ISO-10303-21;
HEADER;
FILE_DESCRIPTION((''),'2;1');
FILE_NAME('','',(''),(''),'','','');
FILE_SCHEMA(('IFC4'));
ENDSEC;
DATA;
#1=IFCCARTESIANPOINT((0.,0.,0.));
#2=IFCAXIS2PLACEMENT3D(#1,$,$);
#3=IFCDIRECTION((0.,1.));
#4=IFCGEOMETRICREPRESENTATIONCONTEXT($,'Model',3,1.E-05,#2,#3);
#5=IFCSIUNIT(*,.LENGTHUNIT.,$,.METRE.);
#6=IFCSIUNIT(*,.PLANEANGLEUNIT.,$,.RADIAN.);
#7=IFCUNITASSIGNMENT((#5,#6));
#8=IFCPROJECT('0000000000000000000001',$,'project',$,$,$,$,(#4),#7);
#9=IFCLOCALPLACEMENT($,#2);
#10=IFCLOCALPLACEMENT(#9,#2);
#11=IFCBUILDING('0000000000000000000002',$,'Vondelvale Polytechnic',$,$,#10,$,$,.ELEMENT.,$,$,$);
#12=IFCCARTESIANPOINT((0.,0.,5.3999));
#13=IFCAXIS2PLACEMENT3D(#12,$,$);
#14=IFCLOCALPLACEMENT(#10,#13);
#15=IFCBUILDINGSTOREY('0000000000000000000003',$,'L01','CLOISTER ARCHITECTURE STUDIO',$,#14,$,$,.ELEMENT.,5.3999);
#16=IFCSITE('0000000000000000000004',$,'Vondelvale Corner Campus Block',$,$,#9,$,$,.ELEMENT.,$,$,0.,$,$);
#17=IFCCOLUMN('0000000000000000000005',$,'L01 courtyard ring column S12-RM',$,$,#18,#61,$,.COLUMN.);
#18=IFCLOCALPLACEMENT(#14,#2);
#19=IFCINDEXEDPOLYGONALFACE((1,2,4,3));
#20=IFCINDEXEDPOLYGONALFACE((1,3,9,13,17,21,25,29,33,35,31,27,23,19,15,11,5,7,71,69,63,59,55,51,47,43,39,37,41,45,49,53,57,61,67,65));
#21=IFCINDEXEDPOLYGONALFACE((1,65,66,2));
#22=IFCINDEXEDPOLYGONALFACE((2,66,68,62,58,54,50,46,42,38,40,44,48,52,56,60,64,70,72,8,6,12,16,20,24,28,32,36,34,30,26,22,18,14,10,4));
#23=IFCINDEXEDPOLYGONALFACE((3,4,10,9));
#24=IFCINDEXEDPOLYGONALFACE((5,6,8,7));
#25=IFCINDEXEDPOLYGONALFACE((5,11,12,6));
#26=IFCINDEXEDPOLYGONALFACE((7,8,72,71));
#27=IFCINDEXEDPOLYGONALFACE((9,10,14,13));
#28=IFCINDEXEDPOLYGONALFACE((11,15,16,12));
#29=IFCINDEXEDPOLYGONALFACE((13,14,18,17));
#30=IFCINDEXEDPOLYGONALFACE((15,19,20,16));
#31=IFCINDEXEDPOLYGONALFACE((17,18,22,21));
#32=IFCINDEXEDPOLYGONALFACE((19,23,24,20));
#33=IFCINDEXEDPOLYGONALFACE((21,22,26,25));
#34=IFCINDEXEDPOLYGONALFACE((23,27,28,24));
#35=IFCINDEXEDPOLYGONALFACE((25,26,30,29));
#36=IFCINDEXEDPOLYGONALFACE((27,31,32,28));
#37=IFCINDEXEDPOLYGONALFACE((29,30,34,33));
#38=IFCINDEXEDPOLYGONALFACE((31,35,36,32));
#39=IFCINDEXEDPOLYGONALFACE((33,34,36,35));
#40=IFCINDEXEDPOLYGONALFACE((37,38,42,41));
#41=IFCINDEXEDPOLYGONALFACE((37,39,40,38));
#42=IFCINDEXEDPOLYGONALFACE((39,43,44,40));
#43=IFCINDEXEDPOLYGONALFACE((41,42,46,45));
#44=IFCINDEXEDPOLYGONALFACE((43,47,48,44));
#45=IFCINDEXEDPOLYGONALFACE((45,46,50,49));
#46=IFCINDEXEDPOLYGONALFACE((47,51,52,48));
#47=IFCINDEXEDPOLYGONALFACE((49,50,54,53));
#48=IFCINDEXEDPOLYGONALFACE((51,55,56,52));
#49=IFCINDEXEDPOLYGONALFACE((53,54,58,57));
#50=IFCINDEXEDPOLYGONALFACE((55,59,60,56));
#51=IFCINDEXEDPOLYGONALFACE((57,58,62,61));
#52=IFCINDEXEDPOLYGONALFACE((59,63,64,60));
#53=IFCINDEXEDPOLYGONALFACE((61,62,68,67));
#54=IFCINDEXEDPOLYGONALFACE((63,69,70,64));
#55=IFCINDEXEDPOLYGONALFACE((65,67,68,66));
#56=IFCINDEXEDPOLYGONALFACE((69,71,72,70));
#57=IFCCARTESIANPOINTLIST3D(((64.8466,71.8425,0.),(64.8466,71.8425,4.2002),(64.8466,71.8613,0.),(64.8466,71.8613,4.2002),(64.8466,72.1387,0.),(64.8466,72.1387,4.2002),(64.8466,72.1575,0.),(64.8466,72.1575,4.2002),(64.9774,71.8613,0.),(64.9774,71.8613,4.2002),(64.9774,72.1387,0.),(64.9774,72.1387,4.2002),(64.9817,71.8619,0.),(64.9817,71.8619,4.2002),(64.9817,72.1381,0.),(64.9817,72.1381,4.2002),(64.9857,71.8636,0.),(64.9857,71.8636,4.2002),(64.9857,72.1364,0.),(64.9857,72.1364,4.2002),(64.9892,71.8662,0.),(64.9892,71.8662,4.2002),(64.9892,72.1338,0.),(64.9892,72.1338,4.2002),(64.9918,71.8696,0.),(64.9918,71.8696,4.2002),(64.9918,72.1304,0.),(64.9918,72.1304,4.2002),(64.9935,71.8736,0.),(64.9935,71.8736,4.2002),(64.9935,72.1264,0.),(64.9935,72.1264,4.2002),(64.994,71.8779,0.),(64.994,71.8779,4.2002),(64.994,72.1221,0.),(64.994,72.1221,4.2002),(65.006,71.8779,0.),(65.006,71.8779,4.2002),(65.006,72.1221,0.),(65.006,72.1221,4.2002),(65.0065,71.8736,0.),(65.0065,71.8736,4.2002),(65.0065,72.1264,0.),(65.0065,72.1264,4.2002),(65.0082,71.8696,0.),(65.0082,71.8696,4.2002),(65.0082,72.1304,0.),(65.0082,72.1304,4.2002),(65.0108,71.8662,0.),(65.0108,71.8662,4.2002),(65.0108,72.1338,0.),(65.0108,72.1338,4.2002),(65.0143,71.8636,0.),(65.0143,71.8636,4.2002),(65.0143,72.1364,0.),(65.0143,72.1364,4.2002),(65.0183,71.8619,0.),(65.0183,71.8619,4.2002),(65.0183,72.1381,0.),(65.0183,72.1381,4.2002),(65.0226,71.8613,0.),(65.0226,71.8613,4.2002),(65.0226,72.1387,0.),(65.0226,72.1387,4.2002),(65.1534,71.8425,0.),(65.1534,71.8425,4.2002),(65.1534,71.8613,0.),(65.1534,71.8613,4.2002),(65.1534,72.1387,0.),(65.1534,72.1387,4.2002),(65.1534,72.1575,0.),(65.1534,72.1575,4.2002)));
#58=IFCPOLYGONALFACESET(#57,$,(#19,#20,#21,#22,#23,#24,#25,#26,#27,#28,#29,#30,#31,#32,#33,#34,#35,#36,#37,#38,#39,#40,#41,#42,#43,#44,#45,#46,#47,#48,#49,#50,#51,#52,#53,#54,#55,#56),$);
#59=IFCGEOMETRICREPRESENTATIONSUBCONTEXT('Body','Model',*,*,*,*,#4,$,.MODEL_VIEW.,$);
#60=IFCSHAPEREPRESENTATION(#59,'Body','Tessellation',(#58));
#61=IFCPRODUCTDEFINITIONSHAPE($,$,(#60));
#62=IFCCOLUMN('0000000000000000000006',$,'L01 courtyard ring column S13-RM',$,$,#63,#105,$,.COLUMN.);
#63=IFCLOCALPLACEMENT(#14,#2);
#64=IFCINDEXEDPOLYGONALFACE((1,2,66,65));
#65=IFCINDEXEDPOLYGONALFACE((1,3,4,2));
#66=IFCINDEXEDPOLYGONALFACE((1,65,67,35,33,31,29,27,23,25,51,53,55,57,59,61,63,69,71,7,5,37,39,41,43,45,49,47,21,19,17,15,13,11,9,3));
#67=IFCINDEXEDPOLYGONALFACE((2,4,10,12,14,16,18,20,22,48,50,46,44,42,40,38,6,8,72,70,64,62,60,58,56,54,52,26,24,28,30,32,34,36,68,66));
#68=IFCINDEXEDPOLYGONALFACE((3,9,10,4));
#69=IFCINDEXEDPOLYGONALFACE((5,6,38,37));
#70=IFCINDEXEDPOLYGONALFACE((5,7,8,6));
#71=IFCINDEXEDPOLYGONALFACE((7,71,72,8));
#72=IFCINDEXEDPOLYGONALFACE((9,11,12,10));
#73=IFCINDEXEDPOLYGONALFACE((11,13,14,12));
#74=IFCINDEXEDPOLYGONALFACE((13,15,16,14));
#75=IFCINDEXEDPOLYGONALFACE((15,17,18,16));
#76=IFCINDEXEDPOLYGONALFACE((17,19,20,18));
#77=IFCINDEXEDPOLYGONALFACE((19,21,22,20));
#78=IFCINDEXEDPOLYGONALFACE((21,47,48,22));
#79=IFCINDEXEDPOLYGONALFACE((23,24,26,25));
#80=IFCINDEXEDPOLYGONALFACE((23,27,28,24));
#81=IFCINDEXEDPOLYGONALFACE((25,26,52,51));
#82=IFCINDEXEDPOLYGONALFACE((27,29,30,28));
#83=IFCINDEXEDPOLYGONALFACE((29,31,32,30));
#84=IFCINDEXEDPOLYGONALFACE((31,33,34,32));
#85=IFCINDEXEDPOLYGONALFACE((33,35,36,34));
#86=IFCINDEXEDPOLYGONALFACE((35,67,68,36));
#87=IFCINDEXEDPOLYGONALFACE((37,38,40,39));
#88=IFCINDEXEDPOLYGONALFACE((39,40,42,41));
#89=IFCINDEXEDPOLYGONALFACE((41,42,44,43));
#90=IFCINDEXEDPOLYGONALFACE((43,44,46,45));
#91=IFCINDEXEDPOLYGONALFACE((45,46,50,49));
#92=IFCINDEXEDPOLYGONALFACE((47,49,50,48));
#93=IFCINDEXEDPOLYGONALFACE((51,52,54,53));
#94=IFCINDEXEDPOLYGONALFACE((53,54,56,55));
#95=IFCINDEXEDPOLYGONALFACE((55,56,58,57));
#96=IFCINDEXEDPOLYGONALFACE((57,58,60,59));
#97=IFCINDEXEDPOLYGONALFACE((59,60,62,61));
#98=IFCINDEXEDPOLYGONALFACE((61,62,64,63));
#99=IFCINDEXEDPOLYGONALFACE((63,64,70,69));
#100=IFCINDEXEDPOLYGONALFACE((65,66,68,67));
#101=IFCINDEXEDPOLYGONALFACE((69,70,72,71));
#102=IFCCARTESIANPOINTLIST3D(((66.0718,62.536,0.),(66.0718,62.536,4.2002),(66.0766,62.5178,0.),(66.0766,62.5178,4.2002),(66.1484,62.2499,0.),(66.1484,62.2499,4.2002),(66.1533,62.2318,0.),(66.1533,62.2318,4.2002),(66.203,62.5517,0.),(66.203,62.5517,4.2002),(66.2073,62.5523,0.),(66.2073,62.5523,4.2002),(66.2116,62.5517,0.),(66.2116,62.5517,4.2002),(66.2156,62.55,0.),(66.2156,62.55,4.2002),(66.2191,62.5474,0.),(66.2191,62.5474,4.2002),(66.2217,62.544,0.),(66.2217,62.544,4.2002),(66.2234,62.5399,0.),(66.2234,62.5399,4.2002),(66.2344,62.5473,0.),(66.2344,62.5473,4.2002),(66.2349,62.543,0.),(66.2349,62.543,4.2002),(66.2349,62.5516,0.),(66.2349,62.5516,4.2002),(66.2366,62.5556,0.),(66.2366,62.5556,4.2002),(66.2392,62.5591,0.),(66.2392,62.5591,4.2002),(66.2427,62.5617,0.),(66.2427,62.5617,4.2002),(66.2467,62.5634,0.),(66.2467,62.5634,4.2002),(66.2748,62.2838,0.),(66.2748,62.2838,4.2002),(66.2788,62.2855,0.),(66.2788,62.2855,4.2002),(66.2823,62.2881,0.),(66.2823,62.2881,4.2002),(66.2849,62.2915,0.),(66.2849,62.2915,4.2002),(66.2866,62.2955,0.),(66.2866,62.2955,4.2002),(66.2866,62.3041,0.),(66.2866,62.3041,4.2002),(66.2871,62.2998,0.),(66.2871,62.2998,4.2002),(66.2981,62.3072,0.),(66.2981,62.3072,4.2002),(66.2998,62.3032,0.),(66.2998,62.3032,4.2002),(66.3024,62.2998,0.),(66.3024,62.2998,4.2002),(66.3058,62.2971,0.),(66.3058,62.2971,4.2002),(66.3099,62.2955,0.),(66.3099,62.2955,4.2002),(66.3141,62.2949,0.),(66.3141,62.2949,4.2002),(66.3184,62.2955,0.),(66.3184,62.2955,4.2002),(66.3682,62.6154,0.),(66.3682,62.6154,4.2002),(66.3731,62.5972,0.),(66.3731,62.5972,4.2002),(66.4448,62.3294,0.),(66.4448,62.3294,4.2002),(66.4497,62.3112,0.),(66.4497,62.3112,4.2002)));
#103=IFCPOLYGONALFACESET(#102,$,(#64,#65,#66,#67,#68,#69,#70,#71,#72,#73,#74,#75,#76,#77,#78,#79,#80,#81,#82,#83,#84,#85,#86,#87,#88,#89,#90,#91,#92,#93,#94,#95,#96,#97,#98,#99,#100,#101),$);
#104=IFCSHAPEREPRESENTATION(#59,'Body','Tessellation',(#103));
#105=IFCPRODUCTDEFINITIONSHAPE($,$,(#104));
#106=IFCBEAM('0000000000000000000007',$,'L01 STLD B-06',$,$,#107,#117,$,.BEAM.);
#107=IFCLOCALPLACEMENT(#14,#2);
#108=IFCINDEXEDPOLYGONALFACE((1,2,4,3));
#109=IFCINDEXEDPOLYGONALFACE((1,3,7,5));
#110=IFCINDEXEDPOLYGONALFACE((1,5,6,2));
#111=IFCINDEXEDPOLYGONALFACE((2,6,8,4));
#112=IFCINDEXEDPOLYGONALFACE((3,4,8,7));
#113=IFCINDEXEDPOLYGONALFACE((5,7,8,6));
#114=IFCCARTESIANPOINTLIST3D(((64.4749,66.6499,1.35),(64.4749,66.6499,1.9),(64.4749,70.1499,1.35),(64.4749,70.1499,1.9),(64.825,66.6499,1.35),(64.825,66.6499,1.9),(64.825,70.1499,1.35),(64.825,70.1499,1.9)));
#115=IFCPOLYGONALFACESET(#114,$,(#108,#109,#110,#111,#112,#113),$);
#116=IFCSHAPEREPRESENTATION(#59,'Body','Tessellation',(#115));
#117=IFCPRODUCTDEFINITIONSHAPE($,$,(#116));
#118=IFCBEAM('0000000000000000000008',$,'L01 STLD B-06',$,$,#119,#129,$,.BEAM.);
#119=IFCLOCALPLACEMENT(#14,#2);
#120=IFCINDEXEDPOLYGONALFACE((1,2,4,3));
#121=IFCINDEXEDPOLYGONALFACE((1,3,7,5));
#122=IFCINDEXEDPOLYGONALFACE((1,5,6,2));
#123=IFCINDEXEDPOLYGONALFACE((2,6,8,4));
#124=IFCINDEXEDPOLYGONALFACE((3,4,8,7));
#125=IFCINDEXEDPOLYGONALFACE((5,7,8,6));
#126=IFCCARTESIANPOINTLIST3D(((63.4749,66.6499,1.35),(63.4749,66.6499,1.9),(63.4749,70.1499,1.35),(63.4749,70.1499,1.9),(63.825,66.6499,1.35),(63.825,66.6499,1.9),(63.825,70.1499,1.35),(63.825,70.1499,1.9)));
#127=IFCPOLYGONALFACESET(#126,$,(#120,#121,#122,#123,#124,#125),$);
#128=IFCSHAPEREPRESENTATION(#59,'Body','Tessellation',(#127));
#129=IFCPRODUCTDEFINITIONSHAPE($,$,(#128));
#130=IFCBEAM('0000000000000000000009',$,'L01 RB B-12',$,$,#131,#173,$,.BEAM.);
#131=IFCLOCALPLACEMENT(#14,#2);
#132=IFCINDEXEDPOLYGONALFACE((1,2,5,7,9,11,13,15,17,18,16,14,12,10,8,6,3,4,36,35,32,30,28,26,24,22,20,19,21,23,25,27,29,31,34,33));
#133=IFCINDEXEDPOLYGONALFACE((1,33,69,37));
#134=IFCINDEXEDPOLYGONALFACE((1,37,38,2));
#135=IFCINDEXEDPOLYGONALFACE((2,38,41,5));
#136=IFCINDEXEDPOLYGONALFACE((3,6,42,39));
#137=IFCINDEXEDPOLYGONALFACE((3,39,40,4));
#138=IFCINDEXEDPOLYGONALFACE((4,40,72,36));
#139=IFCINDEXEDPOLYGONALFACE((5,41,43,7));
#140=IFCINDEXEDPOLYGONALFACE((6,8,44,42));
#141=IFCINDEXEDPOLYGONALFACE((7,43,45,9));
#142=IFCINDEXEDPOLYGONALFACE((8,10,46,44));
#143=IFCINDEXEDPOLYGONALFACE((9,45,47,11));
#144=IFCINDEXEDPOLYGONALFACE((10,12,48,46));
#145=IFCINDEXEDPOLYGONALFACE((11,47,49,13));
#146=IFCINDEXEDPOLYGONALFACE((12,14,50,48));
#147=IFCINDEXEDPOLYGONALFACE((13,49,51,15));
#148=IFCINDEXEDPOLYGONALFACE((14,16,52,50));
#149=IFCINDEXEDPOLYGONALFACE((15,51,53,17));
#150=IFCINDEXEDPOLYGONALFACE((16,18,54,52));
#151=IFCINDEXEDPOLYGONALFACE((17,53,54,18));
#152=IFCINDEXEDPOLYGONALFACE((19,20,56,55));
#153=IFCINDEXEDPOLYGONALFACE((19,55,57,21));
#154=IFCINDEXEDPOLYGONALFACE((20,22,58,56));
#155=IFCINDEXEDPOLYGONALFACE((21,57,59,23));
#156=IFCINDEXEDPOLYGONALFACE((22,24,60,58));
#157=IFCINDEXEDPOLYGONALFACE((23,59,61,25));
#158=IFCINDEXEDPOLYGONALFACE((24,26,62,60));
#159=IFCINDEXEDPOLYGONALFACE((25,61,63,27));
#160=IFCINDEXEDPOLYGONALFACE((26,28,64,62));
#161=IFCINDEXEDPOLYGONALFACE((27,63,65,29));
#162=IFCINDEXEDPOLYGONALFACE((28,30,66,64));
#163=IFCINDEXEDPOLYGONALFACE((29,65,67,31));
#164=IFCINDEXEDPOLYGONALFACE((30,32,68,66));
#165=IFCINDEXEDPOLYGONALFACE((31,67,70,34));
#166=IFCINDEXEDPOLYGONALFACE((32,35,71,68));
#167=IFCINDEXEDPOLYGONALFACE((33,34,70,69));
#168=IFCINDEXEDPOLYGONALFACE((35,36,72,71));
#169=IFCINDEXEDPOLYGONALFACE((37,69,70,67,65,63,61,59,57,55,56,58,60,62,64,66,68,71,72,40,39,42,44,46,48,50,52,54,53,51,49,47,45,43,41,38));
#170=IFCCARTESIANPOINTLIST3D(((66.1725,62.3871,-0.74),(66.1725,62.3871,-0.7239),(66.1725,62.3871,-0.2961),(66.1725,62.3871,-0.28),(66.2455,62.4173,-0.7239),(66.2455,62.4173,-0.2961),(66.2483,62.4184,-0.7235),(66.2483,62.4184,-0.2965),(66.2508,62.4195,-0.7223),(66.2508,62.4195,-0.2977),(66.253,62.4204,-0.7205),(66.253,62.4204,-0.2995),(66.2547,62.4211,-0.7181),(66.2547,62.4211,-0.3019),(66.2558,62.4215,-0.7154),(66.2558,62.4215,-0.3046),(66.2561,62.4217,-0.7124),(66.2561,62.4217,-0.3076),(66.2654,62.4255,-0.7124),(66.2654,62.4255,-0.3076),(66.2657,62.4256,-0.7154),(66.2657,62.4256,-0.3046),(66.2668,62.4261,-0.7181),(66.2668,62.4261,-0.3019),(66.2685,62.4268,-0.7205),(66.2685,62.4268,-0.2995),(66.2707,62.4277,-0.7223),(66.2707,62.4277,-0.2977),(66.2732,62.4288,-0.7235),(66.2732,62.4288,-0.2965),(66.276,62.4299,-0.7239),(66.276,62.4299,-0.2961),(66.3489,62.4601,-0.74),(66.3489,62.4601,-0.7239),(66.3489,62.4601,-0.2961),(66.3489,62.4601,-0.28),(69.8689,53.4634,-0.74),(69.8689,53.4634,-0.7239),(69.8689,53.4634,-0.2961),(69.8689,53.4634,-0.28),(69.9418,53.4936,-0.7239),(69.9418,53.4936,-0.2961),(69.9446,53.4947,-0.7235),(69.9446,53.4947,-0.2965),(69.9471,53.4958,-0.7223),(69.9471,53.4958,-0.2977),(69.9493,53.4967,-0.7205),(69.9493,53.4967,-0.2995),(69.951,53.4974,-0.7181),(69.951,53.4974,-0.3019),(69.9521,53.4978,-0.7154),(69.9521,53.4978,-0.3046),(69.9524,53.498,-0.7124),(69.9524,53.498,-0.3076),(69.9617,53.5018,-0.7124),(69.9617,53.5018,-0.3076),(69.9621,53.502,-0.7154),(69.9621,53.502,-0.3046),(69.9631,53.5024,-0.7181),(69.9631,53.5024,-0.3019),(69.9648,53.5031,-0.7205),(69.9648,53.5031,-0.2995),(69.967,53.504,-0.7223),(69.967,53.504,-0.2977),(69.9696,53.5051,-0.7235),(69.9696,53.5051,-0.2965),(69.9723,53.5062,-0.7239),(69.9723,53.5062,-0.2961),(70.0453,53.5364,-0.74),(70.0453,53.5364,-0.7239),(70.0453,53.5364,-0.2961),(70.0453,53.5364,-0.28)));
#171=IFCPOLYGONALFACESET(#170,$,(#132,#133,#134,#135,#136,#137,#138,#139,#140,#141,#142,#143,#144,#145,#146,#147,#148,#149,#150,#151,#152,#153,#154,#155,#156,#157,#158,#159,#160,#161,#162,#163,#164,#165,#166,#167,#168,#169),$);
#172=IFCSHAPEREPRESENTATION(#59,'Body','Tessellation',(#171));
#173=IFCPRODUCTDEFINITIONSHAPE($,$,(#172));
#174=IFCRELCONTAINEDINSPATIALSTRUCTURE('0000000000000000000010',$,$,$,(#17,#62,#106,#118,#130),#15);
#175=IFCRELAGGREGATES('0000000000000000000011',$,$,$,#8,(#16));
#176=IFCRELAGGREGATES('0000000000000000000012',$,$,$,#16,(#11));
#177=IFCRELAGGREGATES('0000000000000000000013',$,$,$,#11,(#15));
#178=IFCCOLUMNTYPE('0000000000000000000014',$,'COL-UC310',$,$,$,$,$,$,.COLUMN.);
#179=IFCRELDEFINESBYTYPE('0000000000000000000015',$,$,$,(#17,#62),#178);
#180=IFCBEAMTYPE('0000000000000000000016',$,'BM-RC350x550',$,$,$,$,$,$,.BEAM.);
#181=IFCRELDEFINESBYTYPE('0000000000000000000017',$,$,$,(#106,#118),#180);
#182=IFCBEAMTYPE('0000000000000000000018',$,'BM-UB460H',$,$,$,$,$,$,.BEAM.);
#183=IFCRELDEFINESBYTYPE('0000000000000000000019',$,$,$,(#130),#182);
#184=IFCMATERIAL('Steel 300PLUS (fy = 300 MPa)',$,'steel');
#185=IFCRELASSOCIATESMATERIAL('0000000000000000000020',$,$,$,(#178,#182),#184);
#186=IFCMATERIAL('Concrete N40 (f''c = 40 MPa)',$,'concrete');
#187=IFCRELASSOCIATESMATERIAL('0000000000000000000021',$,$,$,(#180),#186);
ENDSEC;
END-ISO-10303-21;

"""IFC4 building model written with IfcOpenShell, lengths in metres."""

from ifc_helpers import new_model, si_unit, direction, frame, origin, origin_2d, place, context, subcontext, project, spatial, rectangle, i_section, extrude, material, material_profile, profile_set, type_object, element, save


model = new_model("IFC4")

# Units and contexts
model_context = context("Model", 3, precision=1e-05, world=origin(), true_north=direction((0.0, 1.0)))
body_context = subcontext(model_context, "Body", "Model", "MODEL_VIEW")
ifc_project = project(units=[si_unit("LENGTHUNIT", "METRE"), si_unit("PLANEANGLEUNIT", "RADIAN")], contexts=[model_context])

# Site, building, storey
site_placement = place(None, origin())
site = spatial("IfcSite", under=ifc_project, at=site_placement, Name="Vondelvale Corner Campus Block", CompositionType="ELEMENT", RefElevation=0.0)
building_placement = place(site_placement, origin())
building = spatial("IfcBuilding", under=site, at=building_placement, Name="Vondelvale Polytechnic", CompositionType="ELEMENT")
storey_placement = place(building_placement, frame((0.0, 0.0, 5.3999)))
storey = spatial("IfcBuildingStorey", under=building, at=storey_placement, Name="L01", Description="CLOISTER ARCHITECTURE STUDIO", CompositionType="ELEMENT", Elevation=5.3999)

# Columns
ifc_material_1 = material(Name="Steel 300PLUS (fy = 300 MPa)", Category="steel")
ifc_material_profile_1 = material_profile(ifc_material_1, i_section(OverallWidth=0.3069, OverallDepth=0.3149, WebThickness=0.012, FlangeThickness=0.0188, FilletRadius=0.0166, at=origin_2d()), Name="310UC118")
ifc_profile_set_1 = profile_set([ifc_material_profile_1], Name="Steel 300PLUS (fy = 300 MPa)")
column_type = type_object("IfcColumnType", Name="COL-UC310", PredefinedType="COLUMN", material=ifc_profile_set_1)
for number, where, z_axis, x_axis, name in (
    (1, (65.0, 72.0, 0.0), (0.0, 0.0, 1.0), (1.0, 0.0, 0.0), "L01 courtyard ring column S12-RM"),
    (2, (66.2607, 62.4236, 0.0), (0.0, 0.0, 1.0), (0.965926, 0.258819, 0.0), "L01 courtyard ring column S13-RM"),
):
    element("IfcColumn", number, at=place(storey_placement, frame(where, z_axis=z_axis, x_axis=x_axis)), inside=storey, type_object=column_type, Name=name, PredefinedType="COLUMN", context=body_context, shape_type="SweptSolid", body=[
        extrude(i_section(OverallWidth=0.3069, OverallDepth=0.3149, WebThickness=0.012, FlangeThickness=0.0188, FilletRadius=0.0166, at=origin_2d()), origin(), (0.0, 0.0, 1.0), 4.2002),
    ])

# Beams
ifc_material_2 = material(Name="Concrete N40 (f'c = 40 MPa)", Category="concrete")
ifc_material_profile_2 = material_profile(ifc_material_2, rectangle(XDim=0.3501, YDim=0.55, at=origin_2d()), Name="RC-BM-350x550")
ifc_profile_set_2 = profile_set([ifc_material_profile_2], Name="Concrete N40 (f'c = 40 MPa)")
beam_type_1 = type_object("IfcBeamType", Name="BM-RC350x550", PredefinedType="BEAM", material=ifc_profile_set_2)
for number, where, z_axis, x_axis, name in (
    (3, (64.6499, 70.1499, 1.625), (0.0, -1.0, 0.0), (1.0, 0.0, 0.0), "L01 STLD B-06"),
    (4, (63.6499, 70.1499, 1.625), (0.0, -1.0, 0.0), (1.0, 0.0, 0.0), "L01 STLD B-06"),
):
    element("IfcBeam", number, at=place(storey_placement, frame(where, z_axis=z_axis, x_axis=x_axis)), inside=storey, type_object=beam_type_1, Name=name, PredefinedType="BEAM", context=body_context, shape_type="SweptSolid", body=[
        extrude(rectangle(XDim=0.3501, YDim=0.55, at=origin_2d()), origin(), (0.0, 0.0, 1.0), 3.5),
    ])
ifc_material_profile_3 = material_profile(ifc_material_1, i_section(OverallWidth=0.1909, OverallDepth=0.46, WebThickness=0.01, FlangeThickness=0.0161, FilletRadius=0.0115, at=origin_2d()), Name="460UB82.1")
ifc_profile_set_3 = profile_set([ifc_material_profile_3], Name="Steel 300PLUS (fy = 300 MPa)")
beam_type_2 = type_object("IfcBeamType", Name="BM-UB460H", PredefinedType="BEAM", material=ifc_profile_set_3)
beam_1_placement = place(storey_placement, frame((66.2607, 62.4236, -0.51), z_axis=(0.382685, -0.923879, 0.0), x_axis=(0.923879, 0.382685, 0.0)))
element("IfcBeam", 5, at=beam_1_placement, inside=storey, type_object=beam_type_2, Name="L01 RB B-12", PredefinedType="BEAM", context=body_context, shape_type="SweptSolid", body=[
    extrude(i_section(OverallWidth=0.1909, OverallDepth=0.46, WebThickness=0.01, FlangeThickness=0.0161, FilletRadius=0.0115, at=origin_2d()), origin(), (0.0, 0.0, 1.0), 9.6589),
])

save(model, "model.ifc")
